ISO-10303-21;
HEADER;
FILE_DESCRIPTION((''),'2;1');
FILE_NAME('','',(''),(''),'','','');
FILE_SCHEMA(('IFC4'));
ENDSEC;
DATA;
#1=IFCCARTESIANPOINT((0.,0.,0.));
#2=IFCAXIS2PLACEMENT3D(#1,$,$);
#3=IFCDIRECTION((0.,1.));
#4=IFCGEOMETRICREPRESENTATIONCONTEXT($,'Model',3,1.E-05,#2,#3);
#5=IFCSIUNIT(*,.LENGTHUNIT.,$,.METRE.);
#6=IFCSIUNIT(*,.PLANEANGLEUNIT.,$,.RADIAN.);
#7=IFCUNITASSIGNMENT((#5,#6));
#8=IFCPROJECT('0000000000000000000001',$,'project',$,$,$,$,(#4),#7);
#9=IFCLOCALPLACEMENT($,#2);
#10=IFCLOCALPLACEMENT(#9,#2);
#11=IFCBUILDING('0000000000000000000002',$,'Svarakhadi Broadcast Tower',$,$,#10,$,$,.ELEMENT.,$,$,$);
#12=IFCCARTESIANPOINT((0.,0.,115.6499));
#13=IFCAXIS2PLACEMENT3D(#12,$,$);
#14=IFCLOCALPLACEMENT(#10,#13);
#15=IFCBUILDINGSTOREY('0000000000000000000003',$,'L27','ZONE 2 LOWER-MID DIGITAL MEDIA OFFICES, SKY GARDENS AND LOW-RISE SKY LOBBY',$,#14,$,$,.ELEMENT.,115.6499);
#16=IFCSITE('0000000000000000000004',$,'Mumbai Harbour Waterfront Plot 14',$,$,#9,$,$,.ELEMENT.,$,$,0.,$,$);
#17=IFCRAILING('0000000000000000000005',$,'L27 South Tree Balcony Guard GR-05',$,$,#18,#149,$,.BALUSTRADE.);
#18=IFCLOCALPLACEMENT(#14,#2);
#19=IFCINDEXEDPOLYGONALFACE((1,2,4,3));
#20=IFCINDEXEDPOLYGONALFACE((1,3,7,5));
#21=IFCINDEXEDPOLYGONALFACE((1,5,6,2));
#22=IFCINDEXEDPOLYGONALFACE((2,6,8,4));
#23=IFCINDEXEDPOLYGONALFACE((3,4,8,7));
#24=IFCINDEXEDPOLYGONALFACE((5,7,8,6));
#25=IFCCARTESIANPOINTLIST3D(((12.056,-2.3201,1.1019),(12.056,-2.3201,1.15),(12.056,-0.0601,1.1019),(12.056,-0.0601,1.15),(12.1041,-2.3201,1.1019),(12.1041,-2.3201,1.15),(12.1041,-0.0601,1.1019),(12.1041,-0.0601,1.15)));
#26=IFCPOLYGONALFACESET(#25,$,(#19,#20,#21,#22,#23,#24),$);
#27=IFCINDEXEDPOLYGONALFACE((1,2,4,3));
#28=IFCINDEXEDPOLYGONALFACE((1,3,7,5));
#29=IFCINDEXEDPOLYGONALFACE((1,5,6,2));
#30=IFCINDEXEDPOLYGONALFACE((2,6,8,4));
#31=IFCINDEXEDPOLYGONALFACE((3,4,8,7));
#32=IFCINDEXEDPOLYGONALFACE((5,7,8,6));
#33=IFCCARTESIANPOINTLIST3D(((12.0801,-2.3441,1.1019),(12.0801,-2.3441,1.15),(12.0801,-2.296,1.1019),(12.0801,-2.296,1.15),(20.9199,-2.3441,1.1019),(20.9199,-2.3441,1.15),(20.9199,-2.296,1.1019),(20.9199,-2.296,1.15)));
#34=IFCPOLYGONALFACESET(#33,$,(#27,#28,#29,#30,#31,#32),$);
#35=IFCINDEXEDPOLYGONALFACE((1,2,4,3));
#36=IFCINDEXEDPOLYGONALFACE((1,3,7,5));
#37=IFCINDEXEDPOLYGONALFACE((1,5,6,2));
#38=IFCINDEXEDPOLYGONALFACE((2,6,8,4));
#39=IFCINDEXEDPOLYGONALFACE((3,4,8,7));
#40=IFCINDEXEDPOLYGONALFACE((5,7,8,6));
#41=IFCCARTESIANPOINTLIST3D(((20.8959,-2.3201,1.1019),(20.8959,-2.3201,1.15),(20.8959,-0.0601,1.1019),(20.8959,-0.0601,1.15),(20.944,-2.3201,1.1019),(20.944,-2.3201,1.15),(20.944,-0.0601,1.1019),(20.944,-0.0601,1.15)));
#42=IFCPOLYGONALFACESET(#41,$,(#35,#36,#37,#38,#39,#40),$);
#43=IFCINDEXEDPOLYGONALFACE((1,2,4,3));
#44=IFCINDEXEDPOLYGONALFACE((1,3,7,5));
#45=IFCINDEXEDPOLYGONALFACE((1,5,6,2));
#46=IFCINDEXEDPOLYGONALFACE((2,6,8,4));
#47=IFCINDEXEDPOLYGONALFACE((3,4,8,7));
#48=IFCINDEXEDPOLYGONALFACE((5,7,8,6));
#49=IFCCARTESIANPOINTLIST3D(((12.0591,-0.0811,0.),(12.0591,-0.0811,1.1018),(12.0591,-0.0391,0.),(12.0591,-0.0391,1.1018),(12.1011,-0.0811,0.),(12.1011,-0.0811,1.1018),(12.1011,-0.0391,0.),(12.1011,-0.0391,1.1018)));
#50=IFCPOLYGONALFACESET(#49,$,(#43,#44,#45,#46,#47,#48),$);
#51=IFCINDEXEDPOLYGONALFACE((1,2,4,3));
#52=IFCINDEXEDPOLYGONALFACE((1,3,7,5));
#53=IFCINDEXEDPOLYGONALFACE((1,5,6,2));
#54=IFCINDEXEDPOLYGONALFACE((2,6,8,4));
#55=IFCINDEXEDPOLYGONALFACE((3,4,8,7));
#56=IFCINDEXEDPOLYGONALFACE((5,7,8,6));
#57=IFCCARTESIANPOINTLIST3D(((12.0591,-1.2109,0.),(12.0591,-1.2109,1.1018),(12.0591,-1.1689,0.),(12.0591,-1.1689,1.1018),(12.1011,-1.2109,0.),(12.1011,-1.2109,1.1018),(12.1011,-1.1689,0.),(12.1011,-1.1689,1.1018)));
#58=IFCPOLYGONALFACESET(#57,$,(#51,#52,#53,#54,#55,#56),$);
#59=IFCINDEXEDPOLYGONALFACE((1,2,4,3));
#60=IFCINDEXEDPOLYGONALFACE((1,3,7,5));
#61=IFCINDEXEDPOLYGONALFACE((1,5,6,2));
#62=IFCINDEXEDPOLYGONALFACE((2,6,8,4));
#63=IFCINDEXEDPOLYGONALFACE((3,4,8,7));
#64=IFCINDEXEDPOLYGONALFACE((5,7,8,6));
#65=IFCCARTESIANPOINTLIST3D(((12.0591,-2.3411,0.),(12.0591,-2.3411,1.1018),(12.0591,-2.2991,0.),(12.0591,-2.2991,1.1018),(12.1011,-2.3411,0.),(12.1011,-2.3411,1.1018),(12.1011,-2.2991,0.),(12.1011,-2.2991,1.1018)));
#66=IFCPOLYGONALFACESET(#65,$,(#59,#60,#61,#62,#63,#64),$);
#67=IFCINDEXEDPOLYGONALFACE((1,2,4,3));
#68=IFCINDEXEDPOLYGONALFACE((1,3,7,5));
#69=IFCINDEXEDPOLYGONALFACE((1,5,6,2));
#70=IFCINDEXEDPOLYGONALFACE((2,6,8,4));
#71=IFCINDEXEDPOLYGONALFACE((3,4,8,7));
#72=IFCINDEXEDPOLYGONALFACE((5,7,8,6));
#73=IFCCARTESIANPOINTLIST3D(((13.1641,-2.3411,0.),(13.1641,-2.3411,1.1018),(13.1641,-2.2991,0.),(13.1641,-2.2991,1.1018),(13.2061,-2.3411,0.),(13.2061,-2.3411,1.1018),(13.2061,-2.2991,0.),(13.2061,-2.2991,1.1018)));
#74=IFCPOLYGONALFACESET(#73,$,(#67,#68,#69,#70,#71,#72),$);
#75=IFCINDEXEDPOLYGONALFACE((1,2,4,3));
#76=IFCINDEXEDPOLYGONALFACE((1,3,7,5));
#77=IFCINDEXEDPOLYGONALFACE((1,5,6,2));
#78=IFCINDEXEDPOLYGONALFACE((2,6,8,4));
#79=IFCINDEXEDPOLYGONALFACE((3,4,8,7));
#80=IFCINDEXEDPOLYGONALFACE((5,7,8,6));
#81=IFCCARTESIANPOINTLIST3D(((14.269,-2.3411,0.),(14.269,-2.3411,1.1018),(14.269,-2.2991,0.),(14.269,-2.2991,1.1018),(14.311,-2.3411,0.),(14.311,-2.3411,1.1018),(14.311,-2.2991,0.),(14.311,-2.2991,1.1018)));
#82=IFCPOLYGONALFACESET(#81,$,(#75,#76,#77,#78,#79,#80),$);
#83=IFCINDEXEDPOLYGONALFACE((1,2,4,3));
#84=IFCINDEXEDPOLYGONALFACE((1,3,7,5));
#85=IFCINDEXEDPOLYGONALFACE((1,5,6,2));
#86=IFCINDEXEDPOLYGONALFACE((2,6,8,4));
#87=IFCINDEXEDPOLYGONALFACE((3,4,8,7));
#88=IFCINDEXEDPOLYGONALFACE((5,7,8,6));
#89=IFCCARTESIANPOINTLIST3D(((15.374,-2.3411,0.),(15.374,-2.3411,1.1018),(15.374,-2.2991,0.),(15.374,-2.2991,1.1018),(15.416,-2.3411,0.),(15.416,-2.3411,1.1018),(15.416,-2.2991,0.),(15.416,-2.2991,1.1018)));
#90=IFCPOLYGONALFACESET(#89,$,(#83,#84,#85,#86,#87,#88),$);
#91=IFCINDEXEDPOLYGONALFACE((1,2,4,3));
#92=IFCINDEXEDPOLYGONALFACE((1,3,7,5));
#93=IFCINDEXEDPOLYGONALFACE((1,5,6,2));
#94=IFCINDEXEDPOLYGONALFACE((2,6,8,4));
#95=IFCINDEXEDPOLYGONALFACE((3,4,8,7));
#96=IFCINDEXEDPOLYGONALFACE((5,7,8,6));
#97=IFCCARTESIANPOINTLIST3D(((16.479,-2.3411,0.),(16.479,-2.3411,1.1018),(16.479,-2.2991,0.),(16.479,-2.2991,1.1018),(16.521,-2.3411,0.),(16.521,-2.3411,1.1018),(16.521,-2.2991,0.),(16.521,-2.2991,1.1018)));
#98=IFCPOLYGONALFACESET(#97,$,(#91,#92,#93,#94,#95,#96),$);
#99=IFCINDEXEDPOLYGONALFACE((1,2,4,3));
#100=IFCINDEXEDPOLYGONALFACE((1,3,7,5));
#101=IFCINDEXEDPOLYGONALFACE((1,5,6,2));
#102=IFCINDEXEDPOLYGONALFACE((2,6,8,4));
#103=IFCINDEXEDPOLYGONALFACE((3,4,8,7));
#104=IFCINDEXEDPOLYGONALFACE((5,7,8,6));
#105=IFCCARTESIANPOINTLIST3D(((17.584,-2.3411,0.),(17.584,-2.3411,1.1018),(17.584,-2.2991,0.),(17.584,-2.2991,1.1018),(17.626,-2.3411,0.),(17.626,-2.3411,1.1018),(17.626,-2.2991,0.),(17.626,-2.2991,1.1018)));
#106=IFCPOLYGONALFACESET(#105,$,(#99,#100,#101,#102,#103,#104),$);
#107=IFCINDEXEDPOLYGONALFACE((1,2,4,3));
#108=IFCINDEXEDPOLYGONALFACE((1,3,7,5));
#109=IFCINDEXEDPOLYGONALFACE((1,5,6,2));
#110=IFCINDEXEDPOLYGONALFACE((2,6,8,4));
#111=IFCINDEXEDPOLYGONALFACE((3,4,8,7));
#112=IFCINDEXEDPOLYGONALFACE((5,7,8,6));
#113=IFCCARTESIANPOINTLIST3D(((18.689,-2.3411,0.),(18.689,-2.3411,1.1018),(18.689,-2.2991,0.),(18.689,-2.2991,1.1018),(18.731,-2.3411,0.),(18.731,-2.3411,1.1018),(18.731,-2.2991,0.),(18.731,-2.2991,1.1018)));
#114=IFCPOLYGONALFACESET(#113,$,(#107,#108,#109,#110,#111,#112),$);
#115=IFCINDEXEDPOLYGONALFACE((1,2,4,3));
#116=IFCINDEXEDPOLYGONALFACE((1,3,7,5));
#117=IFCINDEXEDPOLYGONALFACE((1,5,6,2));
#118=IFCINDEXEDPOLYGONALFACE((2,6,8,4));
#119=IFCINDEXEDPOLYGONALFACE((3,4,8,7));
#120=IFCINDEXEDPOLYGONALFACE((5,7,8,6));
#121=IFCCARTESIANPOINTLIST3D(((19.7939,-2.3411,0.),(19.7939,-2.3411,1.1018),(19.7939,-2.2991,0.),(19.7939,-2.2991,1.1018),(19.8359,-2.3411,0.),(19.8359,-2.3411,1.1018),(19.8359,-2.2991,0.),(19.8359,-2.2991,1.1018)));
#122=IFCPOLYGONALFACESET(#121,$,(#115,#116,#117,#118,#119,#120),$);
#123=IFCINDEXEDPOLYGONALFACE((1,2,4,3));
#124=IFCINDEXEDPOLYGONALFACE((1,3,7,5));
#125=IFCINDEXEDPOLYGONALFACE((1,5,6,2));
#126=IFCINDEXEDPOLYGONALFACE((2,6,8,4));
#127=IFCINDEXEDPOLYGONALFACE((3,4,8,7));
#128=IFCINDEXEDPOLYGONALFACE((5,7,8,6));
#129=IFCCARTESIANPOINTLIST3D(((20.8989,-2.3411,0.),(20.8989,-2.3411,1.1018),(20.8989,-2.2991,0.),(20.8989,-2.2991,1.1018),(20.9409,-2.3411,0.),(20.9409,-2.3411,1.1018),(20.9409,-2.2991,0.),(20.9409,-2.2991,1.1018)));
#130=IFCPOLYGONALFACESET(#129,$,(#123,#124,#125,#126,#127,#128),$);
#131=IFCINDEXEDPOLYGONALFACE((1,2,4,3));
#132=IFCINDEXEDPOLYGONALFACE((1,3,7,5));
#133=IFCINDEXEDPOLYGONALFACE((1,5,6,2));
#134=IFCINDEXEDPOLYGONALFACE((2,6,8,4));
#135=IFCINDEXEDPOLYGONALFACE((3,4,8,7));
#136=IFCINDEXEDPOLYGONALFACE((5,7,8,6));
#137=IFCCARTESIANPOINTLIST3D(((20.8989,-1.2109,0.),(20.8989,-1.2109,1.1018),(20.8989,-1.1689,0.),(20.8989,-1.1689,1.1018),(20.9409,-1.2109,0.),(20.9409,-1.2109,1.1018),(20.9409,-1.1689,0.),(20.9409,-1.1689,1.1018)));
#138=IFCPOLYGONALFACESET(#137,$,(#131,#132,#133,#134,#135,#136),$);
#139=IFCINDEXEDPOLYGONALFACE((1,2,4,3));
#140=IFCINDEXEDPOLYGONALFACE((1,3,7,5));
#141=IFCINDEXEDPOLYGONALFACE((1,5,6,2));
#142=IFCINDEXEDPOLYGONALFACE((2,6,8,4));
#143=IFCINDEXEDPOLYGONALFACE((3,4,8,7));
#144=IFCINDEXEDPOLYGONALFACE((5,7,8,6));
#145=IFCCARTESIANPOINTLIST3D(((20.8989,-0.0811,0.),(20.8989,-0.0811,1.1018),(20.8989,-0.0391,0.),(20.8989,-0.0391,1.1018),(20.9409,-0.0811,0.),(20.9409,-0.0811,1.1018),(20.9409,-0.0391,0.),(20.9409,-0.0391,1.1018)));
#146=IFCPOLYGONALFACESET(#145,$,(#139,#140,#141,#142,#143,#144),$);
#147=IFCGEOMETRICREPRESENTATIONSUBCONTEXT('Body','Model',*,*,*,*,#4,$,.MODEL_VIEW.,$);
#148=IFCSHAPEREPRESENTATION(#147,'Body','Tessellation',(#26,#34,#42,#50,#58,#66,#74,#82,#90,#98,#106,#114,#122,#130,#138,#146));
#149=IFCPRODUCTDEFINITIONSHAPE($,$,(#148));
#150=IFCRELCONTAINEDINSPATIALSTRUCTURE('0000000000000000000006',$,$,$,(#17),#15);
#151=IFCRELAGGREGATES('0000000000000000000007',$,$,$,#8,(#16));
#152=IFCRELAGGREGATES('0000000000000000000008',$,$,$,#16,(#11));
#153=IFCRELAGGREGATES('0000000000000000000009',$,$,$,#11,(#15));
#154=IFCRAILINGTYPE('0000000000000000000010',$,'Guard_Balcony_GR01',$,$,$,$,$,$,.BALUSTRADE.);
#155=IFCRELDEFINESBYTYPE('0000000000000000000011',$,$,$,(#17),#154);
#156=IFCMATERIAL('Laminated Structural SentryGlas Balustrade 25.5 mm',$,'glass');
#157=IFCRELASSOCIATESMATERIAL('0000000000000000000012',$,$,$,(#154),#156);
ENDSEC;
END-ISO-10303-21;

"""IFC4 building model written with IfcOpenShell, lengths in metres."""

from ifc_helpers import new_model, si_unit, direction, frame, origin, origin_2d, place, context, subcontext, project, spatial, rectangle, extrude, material, type_object, element, save


model = new_model("IFC4")

# Units and contexts
model_context = context("Model", 3, precision=1e-05, world=origin(), true_north=direction((0.0, 1.0)))
body_context = subcontext(model_context, "Body", "Model", "MODEL_VIEW")
ifc_project = project(units=[si_unit("LENGTHUNIT", "METRE"), si_unit("PLANEANGLEUNIT", "RADIAN")], contexts=[model_context])

# Site, building, storey
site_placement = place(None, origin())
site = spatial("IfcSite", under=ifc_project, at=site_placement, Name="Mumbai Harbour Waterfront Plot 14", CompositionType="ELEMENT", RefElevation=0.0)
building_placement = place(site_placement, origin())
building = spatial("IfcBuilding", under=site, at=building_placement, Name="Svarakhadi Broadcast Tower", CompositionType="ELEMENT")
storey_placement = place(building_placement, frame((0.0, 0.0, 115.6499)))
storey = spatial("IfcBuildingStorey", under=building, at=storey_placement, Name="L27", Description="ZONE 2 LOWER-MID DIGITAL MEDIA OFFICES, SKY GARDENS AND LOW-RISE SKY LOBBY", CompositionType="ELEMENT", Elevation=115.6499)

# Railing
ifc_material_1 = material(Name="Laminated Structural SentryGlas Balustrade 25.5 mm", Category="glass")
railing_type = type_object("IfcRailingType", Name="Guard_Balcony_GR01", PredefinedType="BALUSTRADE", material=ifc_material_1)
railing_placement = place(storey_placement, frame((12.0801, -0.0601, 0.0)))
element("IfcRailing", 1, at=railing_placement, inside=storey, type_object=railing_type, Name="L27 South Tree Balcony Guard GR-05", PredefinedType="BALUSTRADE", context=body_context, shape_type="SweptSolid", body=[
    extrude(rectangle(XDim=0.0481, YDim=0.0481, at=origin_2d()), frame((0.0, 0.0, 1.126), z_axis=(0.0, -1.0, 0.0), x_axis=(1.0, 0.0, 0.0)), (0.0, 0.0, 1.0), 2.26),
    extrude(rectangle(XDim=0.0481, YDim=0.0481, at=origin_2d()), frame((0.0, -2.26, 1.126), z_axis=(1.0, 0.0, 0.0), x_axis=(0.0, 1.0, 0.0)), (0.0, 0.0, 1.0), 8.8398),
    extrude(rectangle(XDim=0.0481, YDim=0.0481, at=origin_2d()), frame((8.8398, -2.26, 1.126), z_axis=(0.0, 1.0, 0.0), x_axis=(-1.0, 0.0, 0.0)), (0.0, 0.0, 1.0), 2.26),
    extrude(rectangle(XDim=0.042, YDim=0.042, at=origin_2d()), origin(), (0.0, 0.0, 1.0), 1.1018),
    extrude(rectangle(XDim=0.042, YDim=0.042, at=origin_2d()), frame((0.0, -1.1299, 0.0)), (0.0, 0.0, 1.0), 1.1018),
    extrude(rectangle(XDim=0.042, YDim=0.042, at=origin_2d()), frame((0.0, -2.26, 0.0)), (0.0, 0.0, 1.0), 1.1018),
    extrude(rectangle(XDim=0.042, YDim=0.042, at=origin_2d()), frame((1.105, -2.26, 0.0)), (0.0, 0.0, 1.0), 1.1018),
    extrude(rectangle(XDim=0.042, YDim=0.042, at=origin_2d()), frame((2.21, -2.26, 0.0)), (0.0, 0.0, 1.0), 1.1018),
    extrude(rectangle(XDim=0.042, YDim=0.042, at=origin_2d()), frame((3.3149, -2.26, 0.0)), (0.0, 0.0, 1.0), 1.1018),
    extrude(rectangle(XDim=0.042, YDim=0.042, at=origin_2d()), frame((4.4199, -2.26, 0.0)), (0.0, 0.0, 1.0), 1.1018),
    extrude(rectangle(XDim=0.042, YDim=0.042, at=origin_2d()), frame((5.5249, -2.26, 0.0)), (0.0, 0.0, 1.0), 1.1018),
    extrude(rectangle(XDim=0.042, YDim=0.042, at=origin_2d()), frame((6.6299, -2.26, 0.0)), (0.0, 0.0, 1.0), 1.1018),
    extrude(rectangle(XDim=0.042, YDim=0.042, at=origin_2d()), frame((7.7349, -2.26, 0.0)), (0.0, 0.0, 1.0), 1.1018),
    extrude(rectangle(XDim=0.042, YDim=0.042, at=origin_2d()), frame((8.8398, -2.26, 0.0)), (0.0, 0.0, 1.0), 1.1018),
    extrude(rectangle(XDim=0.042, YDim=0.042, at=origin_2d()), frame((8.8398, -1.1299, 0.0)), (0.0, 0.0, 1.0), 1.1018),
    extrude(rectangle(XDim=0.042, YDim=0.042, at=origin_2d()), frame((8.8398, 0.0, 0.0)), (0.0, 0.0, 1.0), 1.1018),
])

save(model, "model.ifc")
